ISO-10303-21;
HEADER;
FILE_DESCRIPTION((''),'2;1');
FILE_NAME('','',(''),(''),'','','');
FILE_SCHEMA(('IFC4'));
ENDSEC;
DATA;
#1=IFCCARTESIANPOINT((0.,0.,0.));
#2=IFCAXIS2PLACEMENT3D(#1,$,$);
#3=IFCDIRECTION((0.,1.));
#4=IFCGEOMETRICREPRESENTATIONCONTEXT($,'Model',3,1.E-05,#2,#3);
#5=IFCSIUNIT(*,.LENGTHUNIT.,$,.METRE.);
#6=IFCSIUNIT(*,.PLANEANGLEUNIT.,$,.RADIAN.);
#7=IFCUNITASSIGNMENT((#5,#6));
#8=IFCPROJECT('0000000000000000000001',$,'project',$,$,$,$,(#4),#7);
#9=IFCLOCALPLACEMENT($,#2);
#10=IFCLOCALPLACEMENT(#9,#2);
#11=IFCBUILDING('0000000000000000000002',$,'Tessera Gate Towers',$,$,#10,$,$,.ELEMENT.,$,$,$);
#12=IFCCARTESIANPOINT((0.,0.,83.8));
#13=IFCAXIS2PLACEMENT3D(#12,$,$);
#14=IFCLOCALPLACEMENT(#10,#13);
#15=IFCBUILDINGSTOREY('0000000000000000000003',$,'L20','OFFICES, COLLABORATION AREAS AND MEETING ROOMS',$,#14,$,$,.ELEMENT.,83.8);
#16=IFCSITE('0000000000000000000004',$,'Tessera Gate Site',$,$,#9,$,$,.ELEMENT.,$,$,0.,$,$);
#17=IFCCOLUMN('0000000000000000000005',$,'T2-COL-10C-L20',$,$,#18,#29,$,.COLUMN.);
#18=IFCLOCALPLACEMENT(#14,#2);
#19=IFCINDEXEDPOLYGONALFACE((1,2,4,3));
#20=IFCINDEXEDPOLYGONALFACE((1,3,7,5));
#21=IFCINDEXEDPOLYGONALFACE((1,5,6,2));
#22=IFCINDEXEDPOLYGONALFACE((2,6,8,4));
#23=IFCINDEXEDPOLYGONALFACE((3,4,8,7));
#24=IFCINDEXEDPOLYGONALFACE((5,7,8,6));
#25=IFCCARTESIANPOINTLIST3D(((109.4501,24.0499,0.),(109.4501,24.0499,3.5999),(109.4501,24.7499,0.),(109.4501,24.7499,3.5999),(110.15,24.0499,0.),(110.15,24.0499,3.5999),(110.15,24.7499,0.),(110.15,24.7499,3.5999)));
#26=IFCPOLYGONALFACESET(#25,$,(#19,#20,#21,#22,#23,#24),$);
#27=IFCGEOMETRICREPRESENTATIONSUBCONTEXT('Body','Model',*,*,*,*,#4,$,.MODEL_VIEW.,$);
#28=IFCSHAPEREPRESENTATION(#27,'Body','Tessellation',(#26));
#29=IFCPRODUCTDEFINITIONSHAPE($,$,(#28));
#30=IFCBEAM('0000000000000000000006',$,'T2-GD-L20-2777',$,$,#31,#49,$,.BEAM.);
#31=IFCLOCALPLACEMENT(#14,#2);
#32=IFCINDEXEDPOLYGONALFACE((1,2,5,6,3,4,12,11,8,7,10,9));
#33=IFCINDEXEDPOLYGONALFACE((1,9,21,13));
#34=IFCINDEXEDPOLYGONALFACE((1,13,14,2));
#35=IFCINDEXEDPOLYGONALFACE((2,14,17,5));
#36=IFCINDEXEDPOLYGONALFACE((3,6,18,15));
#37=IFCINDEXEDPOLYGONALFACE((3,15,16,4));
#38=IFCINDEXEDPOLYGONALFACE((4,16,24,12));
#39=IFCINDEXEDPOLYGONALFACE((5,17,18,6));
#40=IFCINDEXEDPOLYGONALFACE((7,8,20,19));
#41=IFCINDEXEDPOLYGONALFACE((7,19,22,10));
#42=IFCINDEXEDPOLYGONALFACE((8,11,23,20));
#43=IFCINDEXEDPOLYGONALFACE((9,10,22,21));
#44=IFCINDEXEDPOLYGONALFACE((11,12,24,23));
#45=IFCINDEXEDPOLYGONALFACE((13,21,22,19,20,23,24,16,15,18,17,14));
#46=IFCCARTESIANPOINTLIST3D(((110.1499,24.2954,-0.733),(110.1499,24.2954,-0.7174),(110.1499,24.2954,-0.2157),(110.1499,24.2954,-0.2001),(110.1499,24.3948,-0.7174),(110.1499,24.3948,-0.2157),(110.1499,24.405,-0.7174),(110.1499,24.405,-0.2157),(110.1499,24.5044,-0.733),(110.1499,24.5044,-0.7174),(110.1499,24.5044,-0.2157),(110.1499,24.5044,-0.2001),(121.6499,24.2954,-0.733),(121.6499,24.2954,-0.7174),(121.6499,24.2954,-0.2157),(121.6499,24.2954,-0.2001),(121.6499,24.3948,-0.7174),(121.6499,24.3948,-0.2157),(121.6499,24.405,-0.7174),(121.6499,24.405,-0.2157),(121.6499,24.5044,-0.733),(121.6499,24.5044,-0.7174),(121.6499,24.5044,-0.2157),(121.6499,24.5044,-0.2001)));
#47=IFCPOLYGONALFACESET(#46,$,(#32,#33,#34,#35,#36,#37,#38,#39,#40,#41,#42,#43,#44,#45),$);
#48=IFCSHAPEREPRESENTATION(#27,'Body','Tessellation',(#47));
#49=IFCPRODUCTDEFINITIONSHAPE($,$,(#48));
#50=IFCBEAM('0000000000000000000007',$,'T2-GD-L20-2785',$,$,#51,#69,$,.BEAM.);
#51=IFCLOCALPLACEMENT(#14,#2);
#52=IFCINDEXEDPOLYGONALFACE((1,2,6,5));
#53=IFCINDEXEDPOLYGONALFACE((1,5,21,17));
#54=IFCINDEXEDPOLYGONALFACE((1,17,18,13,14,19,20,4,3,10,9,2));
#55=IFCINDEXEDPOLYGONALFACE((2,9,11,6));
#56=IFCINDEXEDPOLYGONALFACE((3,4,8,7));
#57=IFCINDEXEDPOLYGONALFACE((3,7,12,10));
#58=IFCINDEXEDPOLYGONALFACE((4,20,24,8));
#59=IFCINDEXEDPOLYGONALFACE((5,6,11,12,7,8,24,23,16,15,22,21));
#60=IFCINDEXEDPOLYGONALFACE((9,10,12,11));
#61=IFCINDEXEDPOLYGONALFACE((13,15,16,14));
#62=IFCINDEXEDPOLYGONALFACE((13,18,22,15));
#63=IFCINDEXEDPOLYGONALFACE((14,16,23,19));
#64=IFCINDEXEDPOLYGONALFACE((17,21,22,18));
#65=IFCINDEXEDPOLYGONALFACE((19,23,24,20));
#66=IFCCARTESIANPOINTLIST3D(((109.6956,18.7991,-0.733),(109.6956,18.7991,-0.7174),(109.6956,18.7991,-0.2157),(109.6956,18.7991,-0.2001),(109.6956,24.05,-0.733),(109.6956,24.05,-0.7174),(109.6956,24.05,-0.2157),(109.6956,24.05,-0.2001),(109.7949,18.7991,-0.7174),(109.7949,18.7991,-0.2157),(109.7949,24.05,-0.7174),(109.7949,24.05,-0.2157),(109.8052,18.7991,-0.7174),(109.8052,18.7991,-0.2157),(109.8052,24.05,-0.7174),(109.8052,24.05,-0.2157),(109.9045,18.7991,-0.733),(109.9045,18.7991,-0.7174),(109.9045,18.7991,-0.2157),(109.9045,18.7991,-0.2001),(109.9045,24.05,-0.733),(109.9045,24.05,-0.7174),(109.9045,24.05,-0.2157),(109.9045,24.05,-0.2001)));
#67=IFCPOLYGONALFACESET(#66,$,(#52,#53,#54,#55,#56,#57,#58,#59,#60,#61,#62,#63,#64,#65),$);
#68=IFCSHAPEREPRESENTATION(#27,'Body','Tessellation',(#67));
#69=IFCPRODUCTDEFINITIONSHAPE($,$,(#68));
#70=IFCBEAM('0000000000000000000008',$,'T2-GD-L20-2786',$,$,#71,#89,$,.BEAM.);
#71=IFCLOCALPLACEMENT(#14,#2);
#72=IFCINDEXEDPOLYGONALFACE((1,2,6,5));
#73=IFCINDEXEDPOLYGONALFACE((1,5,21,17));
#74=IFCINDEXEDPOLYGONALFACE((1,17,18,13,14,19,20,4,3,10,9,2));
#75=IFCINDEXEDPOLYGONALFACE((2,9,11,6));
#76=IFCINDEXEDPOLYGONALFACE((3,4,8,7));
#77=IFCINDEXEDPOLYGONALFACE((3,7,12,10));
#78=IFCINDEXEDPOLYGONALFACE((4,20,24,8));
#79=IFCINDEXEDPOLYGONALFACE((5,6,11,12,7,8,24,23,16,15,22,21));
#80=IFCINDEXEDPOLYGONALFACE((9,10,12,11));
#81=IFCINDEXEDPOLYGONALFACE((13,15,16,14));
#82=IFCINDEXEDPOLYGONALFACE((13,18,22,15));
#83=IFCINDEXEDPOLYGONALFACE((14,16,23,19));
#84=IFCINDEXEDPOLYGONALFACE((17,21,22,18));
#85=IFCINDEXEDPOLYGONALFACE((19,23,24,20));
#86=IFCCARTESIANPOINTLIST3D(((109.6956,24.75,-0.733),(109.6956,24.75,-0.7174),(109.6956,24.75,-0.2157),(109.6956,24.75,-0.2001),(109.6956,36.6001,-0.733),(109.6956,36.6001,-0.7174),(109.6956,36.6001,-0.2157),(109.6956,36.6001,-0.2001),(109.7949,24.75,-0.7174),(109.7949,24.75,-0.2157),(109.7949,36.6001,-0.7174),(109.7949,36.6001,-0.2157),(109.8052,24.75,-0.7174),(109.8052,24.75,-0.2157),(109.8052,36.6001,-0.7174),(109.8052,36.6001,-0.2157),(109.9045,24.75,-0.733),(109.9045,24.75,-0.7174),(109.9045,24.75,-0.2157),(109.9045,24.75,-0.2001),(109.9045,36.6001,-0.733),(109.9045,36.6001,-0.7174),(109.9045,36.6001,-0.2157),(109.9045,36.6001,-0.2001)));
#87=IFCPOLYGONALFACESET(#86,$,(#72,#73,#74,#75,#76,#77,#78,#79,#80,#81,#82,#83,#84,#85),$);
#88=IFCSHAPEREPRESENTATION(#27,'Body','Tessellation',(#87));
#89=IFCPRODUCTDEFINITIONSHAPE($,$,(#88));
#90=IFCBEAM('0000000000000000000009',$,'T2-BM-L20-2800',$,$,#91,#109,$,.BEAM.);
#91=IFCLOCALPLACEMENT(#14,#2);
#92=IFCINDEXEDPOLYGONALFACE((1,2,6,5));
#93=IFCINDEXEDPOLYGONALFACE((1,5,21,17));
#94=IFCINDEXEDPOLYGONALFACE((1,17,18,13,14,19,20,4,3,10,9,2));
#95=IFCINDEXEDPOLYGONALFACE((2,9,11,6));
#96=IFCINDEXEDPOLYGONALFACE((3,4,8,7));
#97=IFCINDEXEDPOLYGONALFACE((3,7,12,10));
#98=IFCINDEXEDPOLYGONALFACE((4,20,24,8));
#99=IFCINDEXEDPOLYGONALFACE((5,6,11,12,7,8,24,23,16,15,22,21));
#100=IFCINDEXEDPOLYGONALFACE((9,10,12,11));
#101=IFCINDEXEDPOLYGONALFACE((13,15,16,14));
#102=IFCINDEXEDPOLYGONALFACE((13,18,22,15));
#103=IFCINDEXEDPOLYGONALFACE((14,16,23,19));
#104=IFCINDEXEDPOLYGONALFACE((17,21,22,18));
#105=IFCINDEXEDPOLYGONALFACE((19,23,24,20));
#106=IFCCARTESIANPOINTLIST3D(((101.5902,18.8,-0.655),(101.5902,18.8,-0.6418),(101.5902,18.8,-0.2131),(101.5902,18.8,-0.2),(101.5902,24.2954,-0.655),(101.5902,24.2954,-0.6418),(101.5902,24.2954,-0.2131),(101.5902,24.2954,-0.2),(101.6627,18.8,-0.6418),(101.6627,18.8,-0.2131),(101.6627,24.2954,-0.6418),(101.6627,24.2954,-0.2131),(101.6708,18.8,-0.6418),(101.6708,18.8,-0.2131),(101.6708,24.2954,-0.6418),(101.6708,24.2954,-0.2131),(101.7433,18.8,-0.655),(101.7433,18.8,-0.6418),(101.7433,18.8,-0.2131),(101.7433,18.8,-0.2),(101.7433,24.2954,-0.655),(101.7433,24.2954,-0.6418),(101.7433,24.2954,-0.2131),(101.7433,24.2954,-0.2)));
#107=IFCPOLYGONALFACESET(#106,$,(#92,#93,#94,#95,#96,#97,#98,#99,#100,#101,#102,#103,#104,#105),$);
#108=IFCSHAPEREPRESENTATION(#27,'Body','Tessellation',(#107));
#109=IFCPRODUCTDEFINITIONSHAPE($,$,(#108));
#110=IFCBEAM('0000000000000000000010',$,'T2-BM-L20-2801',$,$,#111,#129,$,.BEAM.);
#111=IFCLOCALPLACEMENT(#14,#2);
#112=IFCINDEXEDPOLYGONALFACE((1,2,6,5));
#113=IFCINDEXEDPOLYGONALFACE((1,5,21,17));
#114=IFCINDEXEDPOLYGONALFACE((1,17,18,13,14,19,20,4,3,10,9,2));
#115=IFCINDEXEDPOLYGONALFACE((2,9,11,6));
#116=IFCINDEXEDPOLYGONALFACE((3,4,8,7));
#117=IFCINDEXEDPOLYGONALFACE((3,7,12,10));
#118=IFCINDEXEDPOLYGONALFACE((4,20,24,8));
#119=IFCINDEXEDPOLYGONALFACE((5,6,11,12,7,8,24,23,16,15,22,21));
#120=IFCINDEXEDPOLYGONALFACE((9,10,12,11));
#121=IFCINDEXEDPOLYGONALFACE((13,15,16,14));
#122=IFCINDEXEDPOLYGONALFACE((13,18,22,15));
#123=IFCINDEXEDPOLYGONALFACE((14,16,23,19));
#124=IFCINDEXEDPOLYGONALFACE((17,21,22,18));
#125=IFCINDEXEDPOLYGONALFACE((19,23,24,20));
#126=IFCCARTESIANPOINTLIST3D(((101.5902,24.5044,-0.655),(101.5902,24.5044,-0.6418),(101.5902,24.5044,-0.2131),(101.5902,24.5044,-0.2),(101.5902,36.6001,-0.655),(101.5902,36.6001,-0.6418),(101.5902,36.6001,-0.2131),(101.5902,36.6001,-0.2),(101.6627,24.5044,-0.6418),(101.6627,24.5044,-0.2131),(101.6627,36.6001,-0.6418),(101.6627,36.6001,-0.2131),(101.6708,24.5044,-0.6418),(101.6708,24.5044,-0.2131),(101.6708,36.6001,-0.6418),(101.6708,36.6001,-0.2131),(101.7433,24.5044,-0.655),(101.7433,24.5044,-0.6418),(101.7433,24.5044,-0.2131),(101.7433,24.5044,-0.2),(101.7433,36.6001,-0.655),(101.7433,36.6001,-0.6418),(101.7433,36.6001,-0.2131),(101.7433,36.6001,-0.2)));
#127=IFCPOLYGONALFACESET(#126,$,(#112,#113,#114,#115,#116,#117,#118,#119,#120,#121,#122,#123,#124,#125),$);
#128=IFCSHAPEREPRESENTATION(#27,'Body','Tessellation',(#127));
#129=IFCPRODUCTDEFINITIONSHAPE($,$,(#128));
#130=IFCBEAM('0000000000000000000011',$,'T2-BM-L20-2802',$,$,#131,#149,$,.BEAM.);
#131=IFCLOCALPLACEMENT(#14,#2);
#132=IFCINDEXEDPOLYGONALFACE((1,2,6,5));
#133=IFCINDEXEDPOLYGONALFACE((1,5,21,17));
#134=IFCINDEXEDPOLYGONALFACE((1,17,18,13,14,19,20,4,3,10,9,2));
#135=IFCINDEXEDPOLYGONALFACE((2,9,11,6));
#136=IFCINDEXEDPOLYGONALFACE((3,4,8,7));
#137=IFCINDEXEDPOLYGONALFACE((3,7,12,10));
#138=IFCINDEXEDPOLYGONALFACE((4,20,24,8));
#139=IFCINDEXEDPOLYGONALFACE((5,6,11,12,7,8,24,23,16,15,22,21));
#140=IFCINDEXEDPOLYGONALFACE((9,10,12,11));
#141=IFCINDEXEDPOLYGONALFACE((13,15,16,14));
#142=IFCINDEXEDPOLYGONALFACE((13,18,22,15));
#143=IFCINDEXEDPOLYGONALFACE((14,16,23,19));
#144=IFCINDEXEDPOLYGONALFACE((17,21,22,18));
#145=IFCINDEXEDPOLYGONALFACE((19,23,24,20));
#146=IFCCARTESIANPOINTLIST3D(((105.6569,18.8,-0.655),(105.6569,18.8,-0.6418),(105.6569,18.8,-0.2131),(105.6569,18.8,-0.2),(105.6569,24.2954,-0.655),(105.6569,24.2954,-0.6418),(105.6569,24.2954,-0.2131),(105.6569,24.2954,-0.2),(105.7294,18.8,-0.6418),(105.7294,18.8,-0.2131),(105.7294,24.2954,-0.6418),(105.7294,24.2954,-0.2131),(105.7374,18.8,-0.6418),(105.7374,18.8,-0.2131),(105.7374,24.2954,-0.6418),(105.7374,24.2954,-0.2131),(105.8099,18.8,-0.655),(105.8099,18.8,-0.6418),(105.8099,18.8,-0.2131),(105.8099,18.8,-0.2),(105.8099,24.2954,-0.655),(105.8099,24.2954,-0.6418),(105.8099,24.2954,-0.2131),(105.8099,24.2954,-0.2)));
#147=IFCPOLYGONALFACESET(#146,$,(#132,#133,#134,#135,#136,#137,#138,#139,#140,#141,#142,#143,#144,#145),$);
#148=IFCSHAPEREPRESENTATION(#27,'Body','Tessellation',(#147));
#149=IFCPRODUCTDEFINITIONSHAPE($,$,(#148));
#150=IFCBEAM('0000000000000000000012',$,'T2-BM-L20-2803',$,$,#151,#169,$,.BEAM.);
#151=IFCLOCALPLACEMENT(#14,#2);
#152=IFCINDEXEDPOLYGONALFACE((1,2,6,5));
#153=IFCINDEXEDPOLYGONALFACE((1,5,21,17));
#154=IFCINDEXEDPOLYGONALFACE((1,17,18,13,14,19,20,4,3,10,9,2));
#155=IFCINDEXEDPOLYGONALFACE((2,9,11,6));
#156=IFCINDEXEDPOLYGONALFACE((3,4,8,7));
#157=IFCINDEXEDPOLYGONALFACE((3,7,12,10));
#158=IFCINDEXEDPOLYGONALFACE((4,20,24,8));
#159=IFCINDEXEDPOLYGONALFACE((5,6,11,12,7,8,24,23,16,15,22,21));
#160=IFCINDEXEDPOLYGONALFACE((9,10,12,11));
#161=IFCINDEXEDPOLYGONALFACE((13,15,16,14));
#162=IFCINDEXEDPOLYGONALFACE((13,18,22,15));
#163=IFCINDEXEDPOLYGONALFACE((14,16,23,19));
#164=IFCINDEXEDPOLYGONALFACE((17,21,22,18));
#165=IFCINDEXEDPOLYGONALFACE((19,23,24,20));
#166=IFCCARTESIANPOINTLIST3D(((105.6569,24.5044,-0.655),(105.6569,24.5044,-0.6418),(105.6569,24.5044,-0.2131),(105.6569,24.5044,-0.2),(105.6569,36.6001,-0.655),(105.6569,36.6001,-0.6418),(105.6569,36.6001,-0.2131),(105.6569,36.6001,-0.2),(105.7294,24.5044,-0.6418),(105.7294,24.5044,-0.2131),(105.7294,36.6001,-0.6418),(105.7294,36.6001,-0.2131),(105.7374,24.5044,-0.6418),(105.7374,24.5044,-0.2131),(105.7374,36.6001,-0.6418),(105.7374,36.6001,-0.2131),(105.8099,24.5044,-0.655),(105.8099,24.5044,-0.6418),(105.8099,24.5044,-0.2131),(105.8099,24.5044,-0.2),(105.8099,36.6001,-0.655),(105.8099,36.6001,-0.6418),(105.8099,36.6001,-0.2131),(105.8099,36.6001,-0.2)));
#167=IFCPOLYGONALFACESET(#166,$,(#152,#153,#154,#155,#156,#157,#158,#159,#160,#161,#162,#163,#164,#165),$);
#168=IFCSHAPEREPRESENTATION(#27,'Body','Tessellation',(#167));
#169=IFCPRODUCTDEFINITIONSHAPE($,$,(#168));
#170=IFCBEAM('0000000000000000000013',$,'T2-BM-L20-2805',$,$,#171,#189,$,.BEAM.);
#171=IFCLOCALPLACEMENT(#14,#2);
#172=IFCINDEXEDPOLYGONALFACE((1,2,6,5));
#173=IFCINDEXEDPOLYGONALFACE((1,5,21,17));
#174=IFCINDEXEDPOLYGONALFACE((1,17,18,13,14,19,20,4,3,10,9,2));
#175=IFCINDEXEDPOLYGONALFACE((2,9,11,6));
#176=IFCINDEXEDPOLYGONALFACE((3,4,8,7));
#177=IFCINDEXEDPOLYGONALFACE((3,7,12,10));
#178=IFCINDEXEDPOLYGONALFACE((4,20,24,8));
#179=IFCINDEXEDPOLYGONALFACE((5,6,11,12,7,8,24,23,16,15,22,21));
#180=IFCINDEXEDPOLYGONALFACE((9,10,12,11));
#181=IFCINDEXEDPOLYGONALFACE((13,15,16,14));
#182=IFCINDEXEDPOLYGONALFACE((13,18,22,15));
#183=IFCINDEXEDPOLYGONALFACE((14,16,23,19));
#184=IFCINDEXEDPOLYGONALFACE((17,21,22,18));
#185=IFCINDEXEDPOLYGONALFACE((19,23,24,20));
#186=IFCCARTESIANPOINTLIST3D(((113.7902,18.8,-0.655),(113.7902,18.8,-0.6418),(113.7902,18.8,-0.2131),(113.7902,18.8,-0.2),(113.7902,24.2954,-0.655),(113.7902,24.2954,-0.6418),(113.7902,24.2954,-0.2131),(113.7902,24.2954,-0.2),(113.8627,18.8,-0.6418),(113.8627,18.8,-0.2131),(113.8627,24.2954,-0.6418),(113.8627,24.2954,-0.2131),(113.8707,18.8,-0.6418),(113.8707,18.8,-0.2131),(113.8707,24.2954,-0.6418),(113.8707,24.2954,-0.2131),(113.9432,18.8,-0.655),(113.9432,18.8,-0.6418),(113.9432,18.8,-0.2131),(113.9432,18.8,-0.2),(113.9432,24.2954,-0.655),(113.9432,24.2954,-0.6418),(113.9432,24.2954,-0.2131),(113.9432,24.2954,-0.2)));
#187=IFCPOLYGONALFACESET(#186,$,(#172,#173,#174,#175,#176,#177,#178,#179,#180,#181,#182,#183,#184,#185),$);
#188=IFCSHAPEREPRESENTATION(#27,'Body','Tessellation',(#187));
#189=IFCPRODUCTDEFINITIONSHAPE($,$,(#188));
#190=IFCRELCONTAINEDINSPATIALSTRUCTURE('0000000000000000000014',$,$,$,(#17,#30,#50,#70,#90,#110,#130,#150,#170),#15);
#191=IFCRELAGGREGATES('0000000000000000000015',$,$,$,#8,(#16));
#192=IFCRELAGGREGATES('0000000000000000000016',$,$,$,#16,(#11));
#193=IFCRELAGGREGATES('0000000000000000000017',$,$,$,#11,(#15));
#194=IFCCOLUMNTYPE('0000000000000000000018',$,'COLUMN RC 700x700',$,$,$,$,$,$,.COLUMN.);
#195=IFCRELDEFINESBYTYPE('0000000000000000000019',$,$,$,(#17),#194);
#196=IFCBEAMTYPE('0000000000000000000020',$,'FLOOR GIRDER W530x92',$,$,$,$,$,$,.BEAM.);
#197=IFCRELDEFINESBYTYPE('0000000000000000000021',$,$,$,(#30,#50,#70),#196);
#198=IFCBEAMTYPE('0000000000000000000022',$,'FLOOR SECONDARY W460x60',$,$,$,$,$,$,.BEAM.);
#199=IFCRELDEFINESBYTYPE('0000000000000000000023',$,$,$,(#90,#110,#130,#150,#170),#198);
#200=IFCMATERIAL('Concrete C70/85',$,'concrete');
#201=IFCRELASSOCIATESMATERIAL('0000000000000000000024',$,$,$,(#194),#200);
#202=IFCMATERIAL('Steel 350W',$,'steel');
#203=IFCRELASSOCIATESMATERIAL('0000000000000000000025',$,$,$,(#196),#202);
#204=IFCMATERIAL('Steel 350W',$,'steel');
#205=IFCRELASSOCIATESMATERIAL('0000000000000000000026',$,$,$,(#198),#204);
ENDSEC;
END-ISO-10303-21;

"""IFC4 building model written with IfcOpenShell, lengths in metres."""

from ifc_helpers import new_model, si_unit, direction, frame, origin, origin_2d, place, context, subcontext, project, spatial, rectangle, i_section, extrude, material, material_profile, profile_set, type_object, element, save


model = new_model("IFC4")

# Units and contexts
model_context = context("Model", 3, precision=1e-05, world=origin(), true_north=direction((0.0, 1.0)))
body_context = subcontext(model_context, "Body", "Model", "MODEL_VIEW")
ifc_project = project(units=[si_unit("LENGTHUNIT", "METRE"), si_unit("PLANEANGLEUNIT", "RADIAN")], contexts=[model_context])

# Site, building, storey
site_placement = place(None, origin())
site = spatial("IfcSite", under=ifc_project, at=site_placement, Name="Tessera Gate Site", CompositionType="ELEMENT", RefElevation=0.0)
building_placement = place(site_placement, origin())
building = spatial("IfcBuilding", under=site, at=building_placement, Name="Tessera Gate Towers", CompositionType="ELEMENT")
storey_placement = place(building_placement, frame((0.0, 0.0, 83.8)))
storey = spatial("IfcBuildingStorey", under=building, at=storey_placement, Name="L20", Description="OFFICES, COLLABORATION AREAS AND MEETING ROOMS", CompositionType="ELEMENT", Elevation=83.8)

# Column
ifc_material_1 = material(Name="Concrete C70/85", Category="concrete")
ifc_material_profile_1 = material_profile(ifc_material_1, rectangle(XDim=0.7, YDim=0.7, at=origin_2d()), Name="RC 700x700")
ifc_profile_set_1 = profile_set([ifc_material_profile_1], Name="Concrete C70/85")
column_type = type_object("IfcColumnType", Name="COLUMN RC 700x700", PredefinedType="COLUMN", material=ifc_profile_set_1)
column_placement = place(storey_placement, frame((109.8, 24.3999, 0.0), z_axis=(0.0, 0.0, 1.0), x_axis=(1.0, 0.0, 0.0)))
element("IfcColumn", 1, at=column_placement, inside=storey, type_object=column_type, Name="T2-COL-10C-L20", PredefinedType="COLUMN", context=body_context, shape_type="SweptSolid", body=[
    extrude(rectangle(XDim=0.7, YDim=0.7, at=origin_2d()), origin(), (0.0, 0.0, 1.0), 3.5999),
])

# Beams
ifc_material_2 = material(Name="Steel 350W", Category="steel")
ifc_material_profile_2 = material_profile(ifc_material_2, i_section(OverallWidth=0.209, OverallDepth=0.533, WebThickness=0.0103, FlangeThickness=0.0156, at=origin_2d()), Name="W530x92")
ifc_profile_set_2 = profile_set([ifc_material_profile_2], Name="Steel 350W")
beam_type_1 = type_object("IfcBeamType", Name="FLOOR GIRDER W530x92", PredefinedType="BEAM", material=ifc_profile_set_2)
beam_1_placement = place(storey_placement, frame((110.1499, 24.3999, -0.4666), z_axis=(1.0, 0.0, 0.0), x_axis=(0.0, 1.0, 0.0)))
element("IfcBeam", 2, at=beam_1_placement, inside=storey, type_object=beam_type_1, Name="T2-GD-L20-2777", PredefinedType="BEAM", context=body_context, shape_type="SweptSolid", body=[
    extrude(i_section(OverallWidth=0.209, OverallDepth=0.533, WebThickness=0.0103, FlangeThickness=0.0156, at=origin_2d()), origin(), (0.0, 0.0, 1.0), 11.5),
])
beam_2_placement = place(storey_placement, frame((109.8, 18.7991, -0.4666), z_axis=(0.0, 1.0, 0.0), x_axis=(-1.0, 0.0, 0.0)))
element("IfcBeam", 3, at=beam_2_placement, inside=storey, type_object=beam_type_1, Name="T2-GD-L20-2785", PredefinedType="BEAM", context=body_context, shape_type="SweptSolid", body=[
    extrude(i_section(OverallWidth=0.209, OverallDepth=0.533, WebThickness=0.0103, FlangeThickness=0.0156, at=origin_2d()), origin(), (0.0, 0.0, 1.0), 5.251),
])
beam_3_placement = place(storey_placement, frame((109.8, 24.75, -0.4666), z_axis=(0.0, 1.0, 0.0), x_axis=(-1.0, 0.0, 0.0)))
element("IfcBeam", 4, at=beam_3_placement, inside=storey, type_object=beam_type_1, Name="T2-GD-L20-2786", PredefinedType="BEAM", context=body_context, shape_type="SweptSolid", body=[
    extrude(i_section(OverallWidth=0.209, OverallDepth=0.533, WebThickness=0.0103, FlangeThickness=0.0156, at=origin_2d()), origin(), (0.0, 0.0, 1.0), 11.8501),
])
ifc_material_3 = material(Name="Steel 350W", Category="steel")
ifc_material_profile_3 = material_profile(ifc_material_3, i_section(OverallWidth=0.1531, OverallDepth=0.4551, WebThickness=0.0081, FlangeThickness=0.0132, at=origin_2d()), Name="W460x60")
ifc_profile_set_3 = profile_set([ifc_material_profile_3], Name="Steel 350W")
beam_type_2 = type_object("IfcBeamType", Name="FLOOR SECONDARY W460x60", PredefinedType="BEAM", material=ifc_profile_set_3)
beam_4_placement = place(storey_placement, frame((101.6667, 18.8, -0.4275), z_axis=(0.0, 1.0, 0.0), x_axis=(-1.0, 0.0, 0.0)))
element("IfcBeam", 5, at=beam_4_placement, inside=storey, type_object=beam_type_2, Name="T2-BM-L20-2800", PredefinedType="BEAM", context=body_context, shape_type="SweptSolid", body=[
    extrude(i_section(OverallWidth=0.1531, OverallDepth=0.4551, WebThickness=0.0081, FlangeThickness=0.0132, at=origin_2d()), origin(), (0.0, 0.0, 1.0), 5.4954),
])
beam_5_placement = place(storey_placement, frame((101.6667, 24.5044, -0.4275), z_axis=(0.0, 1.0, 0.0), x_axis=(-1.0, 0.0, 0.0)))
element("IfcBeam", 6, at=beam_5_placement, inside=storey, type_object=beam_type_2, Name="T2-BM-L20-2801", PredefinedType="BEAM", context=body_context, shape_type="SweptSolid", body=[
    extrude(i_section(OverallWidth=0.1531, OverallDepth=0.4551, WebThickness=0.0081, FlangeThickness=0.0132, at=origin_2d()), origin(), (0.0, 0.0, 1.0), 12.0957),
])
beam_6_placement = place(storey_placement, frame((105.7334, 18.8, -0.4275), z_axis=(0.0, 1.0, 0.0), x_axis=(-1.0, 0.0, 0.0)))
element("IfcBeam", 7, at=beam_6_placement, inside=storey, type_object=beam_type_2, Name="T2-BM-L20-2802", PredefinedType="BEAM", context=body_context, shape_type="SweptSolid", body=[
    extrude(i_section(OverallWidth=0.1531, OverallDepth=0.4551, WebThickness=0.0081, FlangeThickness=0.0132, at=origin_2d()), origin(), (0.0, 0.0, 1.0), 5.4954),
])
beam_7_placement = place(storey_placement, frame((105.7334, 24.5044, -0.4275), z_axis=(0.0, 1.0, 0.0), x_axis=(-1.0, 0.0, 0.0)))
element("IfcBeam", 8, at=beam_7_placement, inside=storey, type_object=beam_type_2, Name="T2-BM-L20-2803", PredefinedType="BEAM", context=body_context, shape_type="SweptSolid", body=[
    extrude(i_section(OverallWidth=0.1531, OverallDepth=0.4551, WebThickness=0.0081, FlangeThickness=0.0132, at=origin_2d()), origin(), (0.0, 0.0, 1.0), 12.0957),
])
beam_8_placement = place(storey_placement, frame((113.8667, 18.8, -0.4275), z_axis=(0.0, 1.0, 0.0), x_axis=(-1.0, 0.0, 0.0)))
element("IfcBeam", 9, at=beam_8_placement, inside=storey, type_object=beam_type_2, Name="T2-BM-L20-2805", PredefinedType="BEAM", context=body_context, shape_type="SweptSolid", body=[
    extrude(i_section(OverallWidth=0.1531, OverallDepth=0.4551, WebThickness=0.0081, FlangeThickness=0.0132, at=origin_2d()), origin(), (0.0, 0.0, 1.0), 5.4954),
])

save(model, "model.ifc")
